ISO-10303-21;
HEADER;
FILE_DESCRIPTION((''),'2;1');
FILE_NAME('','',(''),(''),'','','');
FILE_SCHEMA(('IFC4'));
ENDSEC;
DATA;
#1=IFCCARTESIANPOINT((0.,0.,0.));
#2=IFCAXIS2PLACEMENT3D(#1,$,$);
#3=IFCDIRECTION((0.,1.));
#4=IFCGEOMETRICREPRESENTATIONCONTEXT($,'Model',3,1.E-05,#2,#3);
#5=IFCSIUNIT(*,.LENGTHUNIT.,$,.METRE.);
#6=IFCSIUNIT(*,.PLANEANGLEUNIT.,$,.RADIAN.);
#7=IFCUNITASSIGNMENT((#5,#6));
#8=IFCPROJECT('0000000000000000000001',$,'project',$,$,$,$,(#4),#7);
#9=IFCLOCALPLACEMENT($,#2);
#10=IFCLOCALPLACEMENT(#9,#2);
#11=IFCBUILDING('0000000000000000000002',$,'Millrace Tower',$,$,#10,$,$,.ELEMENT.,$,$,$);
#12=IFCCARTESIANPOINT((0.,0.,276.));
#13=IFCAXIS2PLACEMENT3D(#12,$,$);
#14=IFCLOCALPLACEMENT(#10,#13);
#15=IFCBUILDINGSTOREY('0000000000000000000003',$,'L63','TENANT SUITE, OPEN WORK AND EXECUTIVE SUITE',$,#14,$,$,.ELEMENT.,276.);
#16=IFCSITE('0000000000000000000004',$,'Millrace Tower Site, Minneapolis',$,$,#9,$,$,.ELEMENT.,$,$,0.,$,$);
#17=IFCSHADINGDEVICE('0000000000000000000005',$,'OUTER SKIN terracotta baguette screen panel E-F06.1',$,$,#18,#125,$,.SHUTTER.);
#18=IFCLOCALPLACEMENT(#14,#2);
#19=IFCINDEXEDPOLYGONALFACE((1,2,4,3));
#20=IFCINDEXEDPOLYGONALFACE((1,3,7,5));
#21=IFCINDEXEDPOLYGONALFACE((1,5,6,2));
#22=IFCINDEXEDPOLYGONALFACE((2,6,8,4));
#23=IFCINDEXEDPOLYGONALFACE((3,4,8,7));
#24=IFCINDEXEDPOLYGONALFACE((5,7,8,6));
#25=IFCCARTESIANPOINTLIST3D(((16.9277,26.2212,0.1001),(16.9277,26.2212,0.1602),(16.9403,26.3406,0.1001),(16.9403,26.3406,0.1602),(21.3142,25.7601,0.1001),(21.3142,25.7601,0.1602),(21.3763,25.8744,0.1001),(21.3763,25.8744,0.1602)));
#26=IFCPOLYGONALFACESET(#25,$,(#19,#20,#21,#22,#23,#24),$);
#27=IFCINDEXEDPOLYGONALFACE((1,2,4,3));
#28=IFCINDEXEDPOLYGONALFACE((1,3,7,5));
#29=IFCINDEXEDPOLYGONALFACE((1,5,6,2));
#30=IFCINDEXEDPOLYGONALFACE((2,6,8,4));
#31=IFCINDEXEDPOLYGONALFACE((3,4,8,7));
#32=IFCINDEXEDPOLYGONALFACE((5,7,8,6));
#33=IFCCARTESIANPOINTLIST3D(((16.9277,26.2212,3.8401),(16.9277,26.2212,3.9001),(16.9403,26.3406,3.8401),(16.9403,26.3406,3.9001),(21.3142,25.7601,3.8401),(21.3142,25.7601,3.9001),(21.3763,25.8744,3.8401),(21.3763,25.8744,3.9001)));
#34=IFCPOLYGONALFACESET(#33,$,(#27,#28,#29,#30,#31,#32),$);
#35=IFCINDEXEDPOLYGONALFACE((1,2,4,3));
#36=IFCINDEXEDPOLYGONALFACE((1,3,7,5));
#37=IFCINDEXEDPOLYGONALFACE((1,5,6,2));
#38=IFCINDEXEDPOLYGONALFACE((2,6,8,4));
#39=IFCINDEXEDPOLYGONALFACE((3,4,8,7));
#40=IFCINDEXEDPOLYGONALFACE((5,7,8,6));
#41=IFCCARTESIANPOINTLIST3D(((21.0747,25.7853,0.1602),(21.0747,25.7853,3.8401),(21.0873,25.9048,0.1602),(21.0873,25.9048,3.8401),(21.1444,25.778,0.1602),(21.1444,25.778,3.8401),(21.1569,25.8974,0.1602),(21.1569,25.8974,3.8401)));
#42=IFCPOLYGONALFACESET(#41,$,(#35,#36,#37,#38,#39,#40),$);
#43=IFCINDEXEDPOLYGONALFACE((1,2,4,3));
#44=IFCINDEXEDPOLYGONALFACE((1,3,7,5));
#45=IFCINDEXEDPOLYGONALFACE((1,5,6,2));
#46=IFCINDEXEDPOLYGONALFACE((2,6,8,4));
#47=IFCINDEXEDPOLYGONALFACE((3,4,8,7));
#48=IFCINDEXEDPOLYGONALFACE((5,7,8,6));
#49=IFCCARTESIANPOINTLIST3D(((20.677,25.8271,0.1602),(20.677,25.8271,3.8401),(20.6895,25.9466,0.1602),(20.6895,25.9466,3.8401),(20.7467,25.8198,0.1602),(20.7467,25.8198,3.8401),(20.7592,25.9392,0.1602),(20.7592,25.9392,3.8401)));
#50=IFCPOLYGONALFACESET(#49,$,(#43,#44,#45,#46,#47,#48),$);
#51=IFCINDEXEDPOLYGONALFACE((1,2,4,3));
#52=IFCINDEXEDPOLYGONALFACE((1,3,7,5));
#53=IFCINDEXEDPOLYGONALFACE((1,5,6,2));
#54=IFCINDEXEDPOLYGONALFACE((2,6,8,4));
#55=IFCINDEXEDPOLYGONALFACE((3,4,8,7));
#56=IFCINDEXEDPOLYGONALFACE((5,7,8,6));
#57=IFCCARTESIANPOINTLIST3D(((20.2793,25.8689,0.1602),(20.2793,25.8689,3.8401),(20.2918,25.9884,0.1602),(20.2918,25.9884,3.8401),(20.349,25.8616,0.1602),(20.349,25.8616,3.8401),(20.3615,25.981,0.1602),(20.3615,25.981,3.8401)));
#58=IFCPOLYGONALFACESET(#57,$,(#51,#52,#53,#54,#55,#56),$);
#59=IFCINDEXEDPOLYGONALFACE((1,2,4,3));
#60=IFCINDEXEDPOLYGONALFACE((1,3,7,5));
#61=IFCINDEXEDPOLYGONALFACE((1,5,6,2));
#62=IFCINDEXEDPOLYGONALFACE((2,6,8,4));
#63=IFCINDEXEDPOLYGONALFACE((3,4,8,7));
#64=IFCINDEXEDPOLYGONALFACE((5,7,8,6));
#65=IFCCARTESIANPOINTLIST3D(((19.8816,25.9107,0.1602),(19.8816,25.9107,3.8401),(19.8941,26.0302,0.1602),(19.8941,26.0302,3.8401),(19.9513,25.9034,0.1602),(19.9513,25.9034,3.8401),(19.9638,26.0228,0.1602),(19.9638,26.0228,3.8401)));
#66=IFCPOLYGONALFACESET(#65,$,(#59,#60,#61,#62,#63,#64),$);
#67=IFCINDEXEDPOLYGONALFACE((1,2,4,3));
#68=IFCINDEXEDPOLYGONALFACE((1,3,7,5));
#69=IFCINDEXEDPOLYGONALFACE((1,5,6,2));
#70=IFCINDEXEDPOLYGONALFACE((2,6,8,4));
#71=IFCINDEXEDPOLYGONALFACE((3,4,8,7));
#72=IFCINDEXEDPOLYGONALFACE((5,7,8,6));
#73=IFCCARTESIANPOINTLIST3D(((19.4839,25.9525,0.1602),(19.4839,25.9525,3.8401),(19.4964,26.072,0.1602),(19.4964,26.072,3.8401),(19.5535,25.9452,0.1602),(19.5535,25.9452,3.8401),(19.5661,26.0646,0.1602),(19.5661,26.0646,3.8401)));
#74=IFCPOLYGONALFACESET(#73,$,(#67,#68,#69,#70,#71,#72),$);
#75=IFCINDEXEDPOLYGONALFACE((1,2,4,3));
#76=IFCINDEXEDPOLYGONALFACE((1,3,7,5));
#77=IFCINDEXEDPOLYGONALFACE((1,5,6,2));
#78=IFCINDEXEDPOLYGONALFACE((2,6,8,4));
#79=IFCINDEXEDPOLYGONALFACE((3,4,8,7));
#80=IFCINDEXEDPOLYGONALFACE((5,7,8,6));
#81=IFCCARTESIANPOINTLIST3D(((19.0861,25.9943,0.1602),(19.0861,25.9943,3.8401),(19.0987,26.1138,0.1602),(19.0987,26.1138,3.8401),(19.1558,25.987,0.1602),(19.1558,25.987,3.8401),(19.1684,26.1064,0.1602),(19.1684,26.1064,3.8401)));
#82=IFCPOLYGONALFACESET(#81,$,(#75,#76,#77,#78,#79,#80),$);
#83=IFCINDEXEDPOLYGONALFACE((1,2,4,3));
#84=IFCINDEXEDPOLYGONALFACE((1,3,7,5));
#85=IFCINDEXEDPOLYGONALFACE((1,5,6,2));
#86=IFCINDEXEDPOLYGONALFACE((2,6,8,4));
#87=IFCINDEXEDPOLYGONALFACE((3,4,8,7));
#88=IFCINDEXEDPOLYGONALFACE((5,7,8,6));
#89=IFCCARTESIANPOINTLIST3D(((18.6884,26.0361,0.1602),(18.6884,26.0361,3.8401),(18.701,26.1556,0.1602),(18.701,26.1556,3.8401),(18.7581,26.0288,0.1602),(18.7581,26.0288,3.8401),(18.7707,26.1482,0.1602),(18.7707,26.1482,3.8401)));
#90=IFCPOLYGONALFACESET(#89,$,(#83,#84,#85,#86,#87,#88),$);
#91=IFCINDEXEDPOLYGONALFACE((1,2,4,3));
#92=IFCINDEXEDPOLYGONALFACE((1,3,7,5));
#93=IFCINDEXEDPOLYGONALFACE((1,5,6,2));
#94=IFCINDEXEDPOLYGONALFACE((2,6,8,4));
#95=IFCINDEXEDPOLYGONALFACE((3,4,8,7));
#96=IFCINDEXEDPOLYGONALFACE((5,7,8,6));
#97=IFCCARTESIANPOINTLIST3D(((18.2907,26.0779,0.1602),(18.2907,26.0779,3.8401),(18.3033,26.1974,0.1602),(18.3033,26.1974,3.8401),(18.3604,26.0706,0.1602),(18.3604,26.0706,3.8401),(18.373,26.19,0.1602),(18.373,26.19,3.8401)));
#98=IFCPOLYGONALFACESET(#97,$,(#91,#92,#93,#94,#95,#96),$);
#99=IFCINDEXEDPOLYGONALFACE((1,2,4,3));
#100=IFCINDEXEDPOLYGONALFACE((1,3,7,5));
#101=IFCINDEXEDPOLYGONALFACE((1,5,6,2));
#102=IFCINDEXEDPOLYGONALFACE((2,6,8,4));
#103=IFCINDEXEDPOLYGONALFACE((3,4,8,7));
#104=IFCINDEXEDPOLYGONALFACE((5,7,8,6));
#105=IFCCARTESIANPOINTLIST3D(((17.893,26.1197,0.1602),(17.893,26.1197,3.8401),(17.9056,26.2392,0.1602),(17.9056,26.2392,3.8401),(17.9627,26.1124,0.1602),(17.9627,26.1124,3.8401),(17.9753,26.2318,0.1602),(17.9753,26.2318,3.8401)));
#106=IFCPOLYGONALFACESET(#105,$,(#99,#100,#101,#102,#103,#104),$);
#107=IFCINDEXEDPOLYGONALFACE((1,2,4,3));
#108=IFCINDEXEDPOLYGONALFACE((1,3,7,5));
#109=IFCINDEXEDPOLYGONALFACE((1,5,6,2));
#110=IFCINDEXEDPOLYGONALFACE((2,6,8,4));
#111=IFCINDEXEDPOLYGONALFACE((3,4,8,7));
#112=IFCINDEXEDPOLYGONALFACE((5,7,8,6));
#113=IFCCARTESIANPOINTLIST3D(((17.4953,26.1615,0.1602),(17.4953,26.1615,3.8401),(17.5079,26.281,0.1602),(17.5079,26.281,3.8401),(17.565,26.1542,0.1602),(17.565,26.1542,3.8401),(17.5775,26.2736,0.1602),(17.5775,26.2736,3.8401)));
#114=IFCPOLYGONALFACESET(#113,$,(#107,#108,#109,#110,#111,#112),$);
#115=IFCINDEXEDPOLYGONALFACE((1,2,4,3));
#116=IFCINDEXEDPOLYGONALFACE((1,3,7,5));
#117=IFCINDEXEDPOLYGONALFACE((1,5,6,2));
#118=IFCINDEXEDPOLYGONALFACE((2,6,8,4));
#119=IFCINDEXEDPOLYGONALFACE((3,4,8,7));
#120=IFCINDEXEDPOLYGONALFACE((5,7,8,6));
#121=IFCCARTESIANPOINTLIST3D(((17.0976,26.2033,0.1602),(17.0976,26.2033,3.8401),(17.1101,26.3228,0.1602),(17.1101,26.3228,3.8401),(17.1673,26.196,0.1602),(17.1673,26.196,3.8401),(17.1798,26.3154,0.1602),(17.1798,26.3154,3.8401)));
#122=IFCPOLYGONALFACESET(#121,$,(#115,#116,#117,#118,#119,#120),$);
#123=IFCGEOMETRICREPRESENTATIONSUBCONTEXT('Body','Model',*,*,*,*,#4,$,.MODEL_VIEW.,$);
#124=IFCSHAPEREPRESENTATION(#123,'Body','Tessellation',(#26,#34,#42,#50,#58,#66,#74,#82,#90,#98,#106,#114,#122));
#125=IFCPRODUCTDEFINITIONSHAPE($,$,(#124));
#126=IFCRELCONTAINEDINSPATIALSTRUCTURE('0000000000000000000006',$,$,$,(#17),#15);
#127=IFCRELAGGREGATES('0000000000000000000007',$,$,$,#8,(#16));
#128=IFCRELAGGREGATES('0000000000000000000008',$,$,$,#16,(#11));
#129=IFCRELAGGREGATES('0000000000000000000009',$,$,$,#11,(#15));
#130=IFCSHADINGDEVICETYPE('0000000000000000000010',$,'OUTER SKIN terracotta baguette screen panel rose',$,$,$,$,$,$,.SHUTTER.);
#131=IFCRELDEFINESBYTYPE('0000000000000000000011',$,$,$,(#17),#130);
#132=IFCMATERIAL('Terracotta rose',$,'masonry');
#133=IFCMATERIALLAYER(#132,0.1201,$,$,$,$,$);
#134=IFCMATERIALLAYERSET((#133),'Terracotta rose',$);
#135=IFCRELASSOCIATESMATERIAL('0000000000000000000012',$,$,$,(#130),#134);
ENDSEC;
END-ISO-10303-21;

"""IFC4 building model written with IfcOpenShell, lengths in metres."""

from ifc_helpers import new_model, entity, si_unit, direction, frame, frame_2d, origin, place, context, subcontext, project, spatial, rectangle, extrude, source, transform, mapped, material, layer, layer_set, type_object, element, save


model = new_model("IFC4")

# Units and contexts
model_context = context("Model", 3, precision=1e-05, world=origin(), true_north=direction((0.0, 1.0)))
body_context = subcontext(model_context, "Body", "Model", "MODEL_VIEW")
ifc_project = project(units=[si_unit("LENGTHUNIT", "METRE"), si_unit("PLANEANGLEUNIT", "RADIAN")], contexts=[model_context])

# Site, building, storey
site_placement = place(None, origin())
site = spatial("IfcSite", under=ifc_project, at=site_placement, Name="Millrace Tower Site, Minneapolis", CompositionType="ELEMENT", RefElevation=0.0)
building_placement = place(site_placement, origin())
building = spatial("IfcBuilding", under=site, at=building_placement, Name="Millrace Tower", CompositionType="ELEMENT")
storey_placement = place(building_placement, frame((0.0, 0.0, 276.0)))
storey = spatial("IfcBuildingStorey", under=building, at=storey_placement, Name="L63", Description="TENANT SUITE, OPEN WORK AND EXECUTIVE SUITE", CompositionType="ELEMENT", Elevation=276.0)

# Shading device
ifc_material_1 = material(Name="Terracotta rose", Category="masonry")
ifc_layer_1 = layer(ifc_material_1, 0.1201)
ifc_layer_set_1 = layer_set([ifc_layer_1], Name="Terracotta rose")
shading_device_type = type_object("IfcShadingDeviceType", Name="OUTER SKIN terracotta baguette screen panel rose", PredefinedType="SHUTTER", material=ifc_layer_set_1)
cartesian_point_1 = entity("IfcCartesianPoint", [-2.1929, 0.0601])
shared_polyline_1 = entity("IfcPolyline", [cartesian_point_1, entity("IfcCartesianPoint", [2.2178, 0.0601]), entity("IfcCartesianPoint", [2.2178, -0.0601]), entity("IfcCartesianPoint", [-2.2427, -0.0601]), cartesian_point_1])
shared_shape_1 = source(origin(), body_context, "Body", "SweptSolid", [
    entity("IfcExtrudedAreaSolid", entity("IfcArbitraryClosedProfileDef", "AREA", None, shared_polyline_1), entity("IfcAxis2Placement3D", entity("IfcCartesianPoint", [0.0, 0.0, 0.0])), entity("IfcDirection", [0.0, 0.0, 1.0]), 0.0601),
    entity("IfcExtrudedAreaSolid", entity("IfcArbitraryClosedProfileDef", "AREA", None, shared_polyline_1), entity("IfcAxis2Placement3D", entity("IfcCartesianPoint", [0.0, 0.0, 3.74])), entity("IfcDirection", [0.0, 0.0, 1.0]), 0.0601),
    extrude(rectangle(XDim=0.0701, YDim=0.1201, at=frame_2d((-1.9871, 0.0))), frame((0.0, 0.0, 0.0601)), (0.0, 0.0, 1.0), 3.6799),
    extrude(rectangle(XDim=0.0701, YDim=0.1201, at=frame_2d((-1.5872, 0.0))), frame((0.0, 0.0, 0.0601)), (0.0, 0.0, 1.0), 3.6799),
    extrude(rectangle(XDim=0.0701, YDim=0.1201, at=frame_2d((-1.1873, 0.0))), frame((0.0, 0.0, 0.0601)), (0.0, 0.0, 1.0), 3.6799),
    extrude(rectangle(XDim=0.0701, YDim=0.1201, at=frame_2d((-0.7874, 0.0))), frame((0.0, 0.0, 0.0601)), (0.0, 0.0, 1.0), 3.6799),
    extrude(rectangle(XDim=0.0701, YDim=0.1201, at=frame_2d((-0.3875, 0.0))), frame((0.0, 0.0, 0.0601)), (0.0, 0.0, 1.0), 3.6799),
    extrude(rectangle(XDim=0.0701, YDim=0.1201, at=frame_2d((0.0125, 0.0))), frame((0.0, 0.0, 0.0601)), (0.0, 0.0, 1.0), 3.6799),
    extrude(rectangle(XDim=0.0701, YDim=0.1201, at=frame_2d((0.4124, 0.0))), frame((0.0, 0.0, 0.0601)), (0.0, 0.0, 1.0), 3.6799),
    extrude(rectangle(XDim=0.0701, YDim=0.1201, at=frame_2d((0.8123, 0.0))), frame((0.0, 0.0, 0.0601)), (0.0, 0.0, 1.0), 3.6799),
    extrude(rectangle(XDim=0.0701, YDim=0.1201, at=frame_2d((1.2122, 0.0))), frame((0.0, 0.0, 0.0601)), (0.0, 0.0, 1.0), 3.6799),
    extrude(rectangle(XDim=0.0701, YDim=0.1201, at=frame_2d((1.6121, 0.0))), frame((0.0, 0.0, 0.0601)), (0.0, 0.0, 1.0), 3.6799),
    extrude(rectangle(XDim=0.0701, YDim=0.1201, at=frame_2d((2.012, 0.0))), frame((0.0, 0.0, 0.0601)), (0.0, 0.0, 1.0), 3.6799),
])
shading_device_1_placement = place(storey_placement, frame((19.1396, 26.0491, 0.1001), z_axis=(0.0, 0.0, 1.0), x_axis=(-0.994522, 0.104528, 0.0)))
element("IfcShadingDevice", 1, at=shading_device_1_placement, inside=storey, type_object=shading_device_type, Name="OUTER SKIN terracotta baguette screen panel E-F06.1", PredefinedType="SHUTTER", context=body_context, shape_type="MappedRepresentation", body=[
    mapped(shared_shape_1, transform((0.0, 0.0, 0.0), scale=1.0)),
])

save(model, "model.ifc")
